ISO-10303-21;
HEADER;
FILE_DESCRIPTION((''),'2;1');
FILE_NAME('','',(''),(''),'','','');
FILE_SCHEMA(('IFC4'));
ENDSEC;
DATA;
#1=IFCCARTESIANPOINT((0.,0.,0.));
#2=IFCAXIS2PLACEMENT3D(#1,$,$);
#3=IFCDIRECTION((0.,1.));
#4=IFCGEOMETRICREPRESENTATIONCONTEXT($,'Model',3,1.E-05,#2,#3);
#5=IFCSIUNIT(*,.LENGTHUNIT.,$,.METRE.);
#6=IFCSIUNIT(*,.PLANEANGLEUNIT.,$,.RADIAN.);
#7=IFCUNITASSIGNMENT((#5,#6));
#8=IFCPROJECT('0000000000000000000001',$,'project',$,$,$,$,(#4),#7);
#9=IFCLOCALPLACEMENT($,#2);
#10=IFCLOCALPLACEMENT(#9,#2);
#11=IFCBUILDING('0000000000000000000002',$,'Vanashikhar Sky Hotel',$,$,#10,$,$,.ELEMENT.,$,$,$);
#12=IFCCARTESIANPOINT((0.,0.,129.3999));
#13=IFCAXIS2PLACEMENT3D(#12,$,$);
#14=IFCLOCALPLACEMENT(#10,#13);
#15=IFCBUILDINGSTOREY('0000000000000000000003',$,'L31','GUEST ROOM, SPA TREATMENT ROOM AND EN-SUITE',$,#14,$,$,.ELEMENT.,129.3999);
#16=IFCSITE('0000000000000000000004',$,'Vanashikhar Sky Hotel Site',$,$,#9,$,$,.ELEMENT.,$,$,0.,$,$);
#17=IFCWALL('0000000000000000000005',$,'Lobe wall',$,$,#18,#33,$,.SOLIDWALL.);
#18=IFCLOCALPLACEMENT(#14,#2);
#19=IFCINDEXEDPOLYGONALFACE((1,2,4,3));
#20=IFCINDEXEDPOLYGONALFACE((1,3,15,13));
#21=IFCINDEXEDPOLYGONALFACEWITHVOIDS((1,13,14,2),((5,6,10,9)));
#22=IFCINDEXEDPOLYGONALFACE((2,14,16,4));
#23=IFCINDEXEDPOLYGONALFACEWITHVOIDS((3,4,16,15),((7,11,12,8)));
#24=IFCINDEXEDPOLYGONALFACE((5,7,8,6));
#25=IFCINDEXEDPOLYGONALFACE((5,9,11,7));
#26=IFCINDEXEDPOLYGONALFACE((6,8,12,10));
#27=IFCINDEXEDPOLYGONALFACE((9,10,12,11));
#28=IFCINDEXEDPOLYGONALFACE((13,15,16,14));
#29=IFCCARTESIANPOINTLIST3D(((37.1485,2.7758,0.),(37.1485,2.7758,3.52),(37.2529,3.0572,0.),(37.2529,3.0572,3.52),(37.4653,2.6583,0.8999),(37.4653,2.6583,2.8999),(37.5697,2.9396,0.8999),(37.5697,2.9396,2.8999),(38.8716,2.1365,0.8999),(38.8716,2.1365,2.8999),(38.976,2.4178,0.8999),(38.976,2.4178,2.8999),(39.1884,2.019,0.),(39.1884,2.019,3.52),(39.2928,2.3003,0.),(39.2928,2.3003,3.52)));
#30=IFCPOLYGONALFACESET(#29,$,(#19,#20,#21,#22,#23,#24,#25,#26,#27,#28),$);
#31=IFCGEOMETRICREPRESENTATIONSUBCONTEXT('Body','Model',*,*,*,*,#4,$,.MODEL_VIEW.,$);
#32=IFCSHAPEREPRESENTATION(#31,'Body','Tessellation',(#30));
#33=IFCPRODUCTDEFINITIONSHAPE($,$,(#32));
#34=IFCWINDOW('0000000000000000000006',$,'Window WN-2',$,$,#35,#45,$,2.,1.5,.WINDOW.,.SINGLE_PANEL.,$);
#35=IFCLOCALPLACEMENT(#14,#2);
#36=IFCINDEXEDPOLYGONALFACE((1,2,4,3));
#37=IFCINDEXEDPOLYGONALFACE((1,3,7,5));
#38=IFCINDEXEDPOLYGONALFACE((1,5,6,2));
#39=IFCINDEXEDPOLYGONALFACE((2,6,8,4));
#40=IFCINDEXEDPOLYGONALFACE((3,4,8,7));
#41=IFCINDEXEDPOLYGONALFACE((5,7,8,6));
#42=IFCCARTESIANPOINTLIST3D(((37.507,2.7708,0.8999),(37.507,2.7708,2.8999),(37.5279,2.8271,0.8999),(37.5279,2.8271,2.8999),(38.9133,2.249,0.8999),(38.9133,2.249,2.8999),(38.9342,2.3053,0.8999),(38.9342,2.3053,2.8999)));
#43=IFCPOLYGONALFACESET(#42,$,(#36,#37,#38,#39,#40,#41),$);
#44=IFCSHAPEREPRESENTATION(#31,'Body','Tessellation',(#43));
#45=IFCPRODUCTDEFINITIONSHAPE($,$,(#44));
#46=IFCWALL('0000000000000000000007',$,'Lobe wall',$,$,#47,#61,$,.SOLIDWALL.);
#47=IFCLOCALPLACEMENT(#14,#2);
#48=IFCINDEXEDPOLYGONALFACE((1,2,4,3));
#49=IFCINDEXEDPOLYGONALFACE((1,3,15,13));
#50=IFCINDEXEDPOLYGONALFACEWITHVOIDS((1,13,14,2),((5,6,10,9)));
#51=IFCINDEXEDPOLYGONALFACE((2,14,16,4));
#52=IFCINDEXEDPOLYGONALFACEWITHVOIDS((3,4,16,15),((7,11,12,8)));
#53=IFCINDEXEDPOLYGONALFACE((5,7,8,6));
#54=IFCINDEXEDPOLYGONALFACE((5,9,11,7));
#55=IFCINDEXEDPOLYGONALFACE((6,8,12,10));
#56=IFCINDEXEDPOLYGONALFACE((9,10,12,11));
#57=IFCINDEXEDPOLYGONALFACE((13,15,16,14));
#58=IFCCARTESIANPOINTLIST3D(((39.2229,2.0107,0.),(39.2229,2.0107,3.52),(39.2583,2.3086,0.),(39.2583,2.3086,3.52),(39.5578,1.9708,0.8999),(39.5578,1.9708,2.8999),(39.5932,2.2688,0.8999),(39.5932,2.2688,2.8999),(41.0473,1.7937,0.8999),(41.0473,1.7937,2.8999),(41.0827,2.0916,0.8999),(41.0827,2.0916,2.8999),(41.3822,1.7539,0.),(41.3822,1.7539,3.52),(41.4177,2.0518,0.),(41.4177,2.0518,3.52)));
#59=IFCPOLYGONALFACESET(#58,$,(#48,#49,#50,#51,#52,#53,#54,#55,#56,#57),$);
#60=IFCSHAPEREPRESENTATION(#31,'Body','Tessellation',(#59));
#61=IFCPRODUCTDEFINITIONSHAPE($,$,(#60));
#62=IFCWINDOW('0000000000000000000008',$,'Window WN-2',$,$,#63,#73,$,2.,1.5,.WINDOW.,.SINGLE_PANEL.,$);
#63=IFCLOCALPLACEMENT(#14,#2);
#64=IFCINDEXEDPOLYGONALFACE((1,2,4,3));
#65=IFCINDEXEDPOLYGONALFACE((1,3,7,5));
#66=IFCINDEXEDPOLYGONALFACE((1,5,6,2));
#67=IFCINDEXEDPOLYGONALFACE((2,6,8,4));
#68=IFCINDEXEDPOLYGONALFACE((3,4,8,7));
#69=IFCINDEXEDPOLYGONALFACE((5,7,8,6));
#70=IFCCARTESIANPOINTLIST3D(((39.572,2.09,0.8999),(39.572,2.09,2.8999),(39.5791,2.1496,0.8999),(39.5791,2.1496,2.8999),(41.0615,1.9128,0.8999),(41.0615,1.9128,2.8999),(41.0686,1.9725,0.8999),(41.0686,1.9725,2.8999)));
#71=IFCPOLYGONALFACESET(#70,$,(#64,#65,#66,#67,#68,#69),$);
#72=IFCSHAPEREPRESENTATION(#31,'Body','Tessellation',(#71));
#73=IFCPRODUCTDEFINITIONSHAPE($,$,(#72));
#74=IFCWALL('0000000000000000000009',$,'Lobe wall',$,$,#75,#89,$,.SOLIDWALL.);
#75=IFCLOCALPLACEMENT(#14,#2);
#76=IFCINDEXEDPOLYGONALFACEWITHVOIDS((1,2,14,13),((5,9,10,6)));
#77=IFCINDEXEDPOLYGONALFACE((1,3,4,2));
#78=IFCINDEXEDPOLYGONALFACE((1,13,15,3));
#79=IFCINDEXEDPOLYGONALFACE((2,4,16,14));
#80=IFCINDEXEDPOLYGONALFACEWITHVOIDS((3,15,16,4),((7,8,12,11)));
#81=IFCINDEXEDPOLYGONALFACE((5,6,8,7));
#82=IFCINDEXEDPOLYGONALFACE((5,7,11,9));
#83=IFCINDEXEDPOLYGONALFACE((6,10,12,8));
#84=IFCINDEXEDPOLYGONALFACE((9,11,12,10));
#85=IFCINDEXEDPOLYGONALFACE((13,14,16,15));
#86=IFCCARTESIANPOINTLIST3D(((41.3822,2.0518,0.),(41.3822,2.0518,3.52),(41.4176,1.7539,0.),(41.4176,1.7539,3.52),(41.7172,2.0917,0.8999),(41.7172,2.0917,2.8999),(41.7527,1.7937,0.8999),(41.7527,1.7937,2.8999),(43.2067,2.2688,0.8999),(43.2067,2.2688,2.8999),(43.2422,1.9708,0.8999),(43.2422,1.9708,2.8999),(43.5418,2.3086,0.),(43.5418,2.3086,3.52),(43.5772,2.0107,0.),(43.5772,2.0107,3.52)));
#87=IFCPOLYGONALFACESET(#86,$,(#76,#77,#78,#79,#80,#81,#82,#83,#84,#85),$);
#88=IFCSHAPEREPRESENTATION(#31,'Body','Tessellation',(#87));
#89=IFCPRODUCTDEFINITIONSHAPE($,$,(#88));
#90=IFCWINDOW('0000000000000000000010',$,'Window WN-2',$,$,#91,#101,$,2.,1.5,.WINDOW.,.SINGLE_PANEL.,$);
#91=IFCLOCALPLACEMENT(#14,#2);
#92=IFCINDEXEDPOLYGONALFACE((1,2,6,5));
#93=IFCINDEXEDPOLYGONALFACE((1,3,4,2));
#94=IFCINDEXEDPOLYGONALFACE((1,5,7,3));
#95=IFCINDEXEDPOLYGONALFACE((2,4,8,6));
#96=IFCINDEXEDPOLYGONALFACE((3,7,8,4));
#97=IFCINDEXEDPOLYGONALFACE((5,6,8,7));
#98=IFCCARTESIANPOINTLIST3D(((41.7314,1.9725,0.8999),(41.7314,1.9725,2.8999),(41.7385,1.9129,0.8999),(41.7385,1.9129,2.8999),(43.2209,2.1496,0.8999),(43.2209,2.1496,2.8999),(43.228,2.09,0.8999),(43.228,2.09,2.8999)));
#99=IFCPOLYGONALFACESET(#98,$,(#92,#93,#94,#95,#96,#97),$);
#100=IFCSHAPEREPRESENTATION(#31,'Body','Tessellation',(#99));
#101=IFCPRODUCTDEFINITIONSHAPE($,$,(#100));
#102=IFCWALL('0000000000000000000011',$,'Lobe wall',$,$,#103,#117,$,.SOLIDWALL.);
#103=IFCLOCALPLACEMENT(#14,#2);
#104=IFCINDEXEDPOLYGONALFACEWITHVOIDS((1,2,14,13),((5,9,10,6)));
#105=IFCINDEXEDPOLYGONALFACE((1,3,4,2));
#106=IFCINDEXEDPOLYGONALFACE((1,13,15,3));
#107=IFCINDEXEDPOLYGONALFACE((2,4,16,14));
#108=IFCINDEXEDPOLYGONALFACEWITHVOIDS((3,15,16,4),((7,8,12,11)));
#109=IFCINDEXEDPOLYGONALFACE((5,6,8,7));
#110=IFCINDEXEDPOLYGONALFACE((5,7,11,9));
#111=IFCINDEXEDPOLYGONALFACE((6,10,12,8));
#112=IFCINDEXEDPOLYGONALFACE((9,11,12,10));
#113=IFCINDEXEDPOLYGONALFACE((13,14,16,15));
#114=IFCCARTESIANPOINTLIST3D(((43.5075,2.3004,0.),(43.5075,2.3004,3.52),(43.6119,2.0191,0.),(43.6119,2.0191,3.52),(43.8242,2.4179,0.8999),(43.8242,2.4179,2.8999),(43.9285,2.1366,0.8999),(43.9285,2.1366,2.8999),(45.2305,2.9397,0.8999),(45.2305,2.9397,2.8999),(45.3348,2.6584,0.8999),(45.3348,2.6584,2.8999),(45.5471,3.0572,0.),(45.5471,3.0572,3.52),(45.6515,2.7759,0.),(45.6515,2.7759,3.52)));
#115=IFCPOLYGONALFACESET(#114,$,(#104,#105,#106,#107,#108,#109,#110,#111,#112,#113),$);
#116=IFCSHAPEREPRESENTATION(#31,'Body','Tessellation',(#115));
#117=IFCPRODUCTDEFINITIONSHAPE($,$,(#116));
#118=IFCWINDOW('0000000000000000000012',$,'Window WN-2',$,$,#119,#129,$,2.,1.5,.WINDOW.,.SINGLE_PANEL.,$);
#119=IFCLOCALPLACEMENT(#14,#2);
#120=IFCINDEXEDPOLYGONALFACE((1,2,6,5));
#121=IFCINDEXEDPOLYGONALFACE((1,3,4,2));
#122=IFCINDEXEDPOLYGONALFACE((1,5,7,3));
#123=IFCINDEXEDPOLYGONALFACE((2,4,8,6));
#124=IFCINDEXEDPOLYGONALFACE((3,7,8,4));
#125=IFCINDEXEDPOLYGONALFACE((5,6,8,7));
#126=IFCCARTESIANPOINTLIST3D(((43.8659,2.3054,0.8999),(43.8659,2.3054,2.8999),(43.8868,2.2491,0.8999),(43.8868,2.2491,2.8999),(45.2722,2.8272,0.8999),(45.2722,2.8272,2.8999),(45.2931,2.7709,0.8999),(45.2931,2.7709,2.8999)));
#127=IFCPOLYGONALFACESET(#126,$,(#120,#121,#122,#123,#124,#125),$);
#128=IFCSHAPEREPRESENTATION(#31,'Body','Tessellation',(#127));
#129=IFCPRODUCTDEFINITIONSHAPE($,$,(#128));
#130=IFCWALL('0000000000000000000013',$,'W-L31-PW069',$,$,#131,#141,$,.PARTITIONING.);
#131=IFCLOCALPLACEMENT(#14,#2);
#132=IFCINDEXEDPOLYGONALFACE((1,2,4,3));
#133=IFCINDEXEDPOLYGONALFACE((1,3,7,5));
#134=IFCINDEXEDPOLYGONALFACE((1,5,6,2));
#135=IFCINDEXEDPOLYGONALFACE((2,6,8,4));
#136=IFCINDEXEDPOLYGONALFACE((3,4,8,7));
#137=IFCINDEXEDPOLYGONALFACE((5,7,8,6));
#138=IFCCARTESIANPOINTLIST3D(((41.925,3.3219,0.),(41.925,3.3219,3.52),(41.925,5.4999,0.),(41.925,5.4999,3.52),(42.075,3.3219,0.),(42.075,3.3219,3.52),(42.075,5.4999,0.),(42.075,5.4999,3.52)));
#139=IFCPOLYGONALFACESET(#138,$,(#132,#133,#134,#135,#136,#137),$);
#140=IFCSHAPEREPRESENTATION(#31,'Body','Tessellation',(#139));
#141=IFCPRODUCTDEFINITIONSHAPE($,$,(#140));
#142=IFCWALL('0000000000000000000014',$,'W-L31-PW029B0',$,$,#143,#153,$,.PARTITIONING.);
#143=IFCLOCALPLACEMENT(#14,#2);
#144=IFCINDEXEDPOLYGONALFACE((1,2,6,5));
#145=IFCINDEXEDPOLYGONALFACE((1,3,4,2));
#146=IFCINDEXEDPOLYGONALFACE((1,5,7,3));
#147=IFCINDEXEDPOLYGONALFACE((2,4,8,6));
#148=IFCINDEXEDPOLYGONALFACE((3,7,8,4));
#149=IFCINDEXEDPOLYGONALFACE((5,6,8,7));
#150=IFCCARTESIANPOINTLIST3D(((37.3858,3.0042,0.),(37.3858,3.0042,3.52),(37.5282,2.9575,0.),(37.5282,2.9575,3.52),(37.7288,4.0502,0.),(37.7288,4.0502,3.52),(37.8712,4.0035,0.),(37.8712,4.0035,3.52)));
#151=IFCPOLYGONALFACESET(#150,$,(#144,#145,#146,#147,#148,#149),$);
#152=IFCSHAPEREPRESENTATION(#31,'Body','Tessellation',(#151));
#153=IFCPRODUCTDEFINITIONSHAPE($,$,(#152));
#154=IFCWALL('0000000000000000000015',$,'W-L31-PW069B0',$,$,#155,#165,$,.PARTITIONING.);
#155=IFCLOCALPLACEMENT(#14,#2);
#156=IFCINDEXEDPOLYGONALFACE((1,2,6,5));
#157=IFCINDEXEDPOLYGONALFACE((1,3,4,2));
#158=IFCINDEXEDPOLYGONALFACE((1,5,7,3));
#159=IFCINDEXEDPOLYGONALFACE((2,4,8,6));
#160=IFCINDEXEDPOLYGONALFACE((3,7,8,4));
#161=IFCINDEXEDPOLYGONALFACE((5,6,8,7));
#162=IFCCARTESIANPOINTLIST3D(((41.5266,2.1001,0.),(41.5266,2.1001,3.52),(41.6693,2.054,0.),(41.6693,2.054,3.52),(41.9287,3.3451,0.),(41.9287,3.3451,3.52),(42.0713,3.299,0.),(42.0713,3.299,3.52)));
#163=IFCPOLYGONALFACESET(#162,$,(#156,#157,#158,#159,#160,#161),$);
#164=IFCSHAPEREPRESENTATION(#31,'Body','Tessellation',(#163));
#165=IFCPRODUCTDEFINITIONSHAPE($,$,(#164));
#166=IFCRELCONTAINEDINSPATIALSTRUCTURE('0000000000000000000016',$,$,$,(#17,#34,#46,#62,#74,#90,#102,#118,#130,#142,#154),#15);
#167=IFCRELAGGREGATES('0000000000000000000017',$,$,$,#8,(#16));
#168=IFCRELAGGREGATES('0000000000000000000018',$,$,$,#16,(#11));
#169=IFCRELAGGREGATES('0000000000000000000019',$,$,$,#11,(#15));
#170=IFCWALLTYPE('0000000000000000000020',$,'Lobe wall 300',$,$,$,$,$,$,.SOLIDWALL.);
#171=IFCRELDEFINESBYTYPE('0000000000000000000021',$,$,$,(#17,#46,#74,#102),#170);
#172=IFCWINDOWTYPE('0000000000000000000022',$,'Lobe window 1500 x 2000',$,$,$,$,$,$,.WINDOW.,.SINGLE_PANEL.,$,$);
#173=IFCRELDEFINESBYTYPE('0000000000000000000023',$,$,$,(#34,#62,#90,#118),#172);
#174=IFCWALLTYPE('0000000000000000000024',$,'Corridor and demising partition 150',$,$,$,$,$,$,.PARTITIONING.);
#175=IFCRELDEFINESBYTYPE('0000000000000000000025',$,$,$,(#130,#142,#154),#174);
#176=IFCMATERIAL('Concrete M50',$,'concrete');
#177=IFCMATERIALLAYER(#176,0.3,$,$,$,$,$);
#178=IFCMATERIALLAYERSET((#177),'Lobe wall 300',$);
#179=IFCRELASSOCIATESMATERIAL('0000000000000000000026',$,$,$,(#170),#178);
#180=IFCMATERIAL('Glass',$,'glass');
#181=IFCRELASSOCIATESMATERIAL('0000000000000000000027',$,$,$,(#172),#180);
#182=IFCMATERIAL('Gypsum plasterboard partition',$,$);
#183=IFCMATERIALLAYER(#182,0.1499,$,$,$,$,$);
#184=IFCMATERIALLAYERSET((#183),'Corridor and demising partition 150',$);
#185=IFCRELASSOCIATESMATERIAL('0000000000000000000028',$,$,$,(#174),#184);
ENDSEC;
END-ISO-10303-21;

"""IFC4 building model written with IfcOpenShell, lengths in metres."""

from ifc_helpers import new_model, si_unit, direction, frame, frame_2d, origin, place, context, subcontext, project, spatial, rectangle, extrude, source, transform, mapped, material, layer, layer_set, type_object, element, fill, save


model = new_model("IFC4")

# Units and contexts
model_context = context("Model", 3, precision=1e-05, world=origin(), true_north=direction((0.0, 1.0)))
body_context = subcontext(model_context, "Body", "Model", "MODEL_VIEW")
ifc_project = project(units=[si_unit("LENGTHUNIT", "METRE"), si_unit("PLANEANGLEUNIT", "RADIAN")], contexts=[model_context])

# Site, building, storey
site_placement = place(None, origin())
site = spatial("IfcSite", under=ifc_project, at=site_placement, Name="Vanashikhar Sky Hotel Site", CompositionType="ELEMENT", RefElevation=0.0)
building_placement = place(site_placement, origin())
building = spatial("IfcBuilding", under=site, at=building_placement, Name="Vanashikhar Sky Hotel", CompositionType="ELEMENT")
storey_placement = place(building_placement, frame((0.0, 0.0, 129.3999)))
storey = spatial("IfcBuildingStorey", under=building, at=storey_placement, Name="L31", Description="GUEST ROOM, SPA TREATMENT ROOM AND EN-SUITE", CompositionType="ELEMENT", Elevation=129.3999)

# Walls, openings, windows
ifc_material_1 = material(Name="Concrete M50", Category="concrete")
ifc_layer_1 = layer(ifc_material_1, 0.3)
ifc_layer_set_1 = layer_set([ifc_layer_1], Name="Lobe wall 300")
wall_type_1 = type_object("IfcWallType", Name="Lobe wall 300", PredefinedType="SOLIDWALL", material=ifc_layer_set_1)
shared_shape_1 = source(origin(), body_context, "Body", "SweptSolid", [
    extrude(rectangle(XDim=2.1758, YDim=0.3, at=frame_2d((1.0879, 0.0))), origin(), (0.0, 0.0, 1.0), 3.52),
])
wall_1_placement = place(storey_placement, frame((37.2007, 2.9165, 0.0), z_axis=(0.0, 0.0, 1.0), x_axis=(0.937546, -0.347863, 0.0)))
wall_1 = element("IfcWall", 1, at=wall_1_placement, inside=storey, type_object=wall_type_1, Name="Lobe wall", PredefinedType="SOLIDWALL", context=body_context, shape_type="MappedRepresentation", body=[
    mapped(shared_shape_1, transform((0.0, 0.0, 0.0), scale=1.0)),
])
shared_shape_2 = source(origin(), body_context, "Body", "SweptSolid", [
    extrude(rectangle(XDim=1.5, YDim=2.0, at=frame_2d((0.75, 1.0))), frame((0.0, 0.1602, 0.0), z_axis=(0.0, -1.0, 0.0), x_axis=(1.0, 0.0, 0.0)), (0.0, 0.0, 1.0), 0.3201),
])
opening_1_placement = place(wall_1_placement, frame((0.3379, 0.0, 0.8999)))
opening_1 = element("IfcOpeningElement", 2, at=opening_1_placement, cuts=wall_1, PredefinedType="OPENING", context=body_context, shape_type="MappedRepresentation", body=[
    mapped(shared_shape_2, transform((0.0, 0.0, 0.0), scale=1.0)),
])
ifc_material_2 = material(Name="Glass", Category="glass")
window_type = type_object("IfcWindowType", Name="Lobe window 1500 x 2000", PartitioningType="SINGLE_PANEL", PredefinedType="WINDOW", material=ifc_material_2)
shared_shape_3 = source(origin(), body_context, "Body", "SweptSolid", [
    extrude(rectangle(XDim=1.5, YDim=2.0, at=frame_2d((0.75, 1.0))), frame((0.0, 0.03, 0.0), z_axis=(0.0, -1.0, 0.0), x_axis=(1.0, 0.0, 0.0)), (0.0, 0.0, 1.0), 0.0601),
])
window_1_placement = place(opening_1_placement, origin())
window_1 = element("IfcWindow", 3, at=window_1_placement, inside=storey, type_object=window_type, Name="Window WN-2", OverallHeight=2.0, OverallWidth=1.5, PartitioningType="SINGLE_PANEL", PredefinedType="WINDOW", context=body_context, shape_type="MappedRepresentation", body=[
    mapped(shared_shape_3, transform((0.0, 0.0, 0.0), scale=1.0)),
])
fill(opening_1, window_1)
shared_shape_4 = source(origin(), body_context, "Body", "SweptSolid", [
    extrude(rectangle(XDim=2.1746, YDim=0.3, at=frame_2d((1.0874, 0.0))), origin(), (0.0, 0.0, 1.0), 3.52),
])
wall_2_placement = place(storey_placement, frame((39.2405, 2.1597, 0.0), z_axis=(0.0, 0.0, 1.0), x_axis=(0.993001, -0.118105, 0.0)))
wall_2 = element("IfcWall", 4, at=wall_2_placement, inside=storey, type_object=wall_type_1, Name="Lobe wall", PredefinedType="SOLIDWALL", context=body_context, shape_type="MappedRepresentation", body=[
    mapped(shared_shape_4, transform((0.0, 0.0, 0.0), scale=1.0)),
])
opening_2_placement = place(wall_2_placement, frame((0.3374, 0.0, 0.8999)))
opening_2 = element("IfcOpeningElement", 5, at=opening_2_placement, cuts=wall_2, PredefinedType="OPENING", context=body_context, shape_type="MappedRepresentation", body=[
    mapped(shared_shape_2, transform((0.0, 0.0, 0.0), scale=1.0)),
])
window_2_placement = place(opening_2_placement, origin())
window_2 = element("IfcWindow", 6, at=window_2_placement, inside=storey, type_object=window_type, Name="Window WN-2", OverallHeight=2.0, OverallWidth=1.5, PartitioningType="SINGLE_PANEL", PredefinedType="WINDOW", context=body_context, shape_type="MappedRepresentation", body=[
    mapped(shared_shape_3, transform((0.0, 0.0, 0.0), scale=1.0)),
])
fill(opening_2, window_2)
shared_shape_5 = source(origin(), body_context, "Body", "SweptSolid", [
    extrude(rectangle(XDim=2.1748, YDim=0.3, at=frame_2d((1.0874, 0.0))), origin(), (0.0, 0.0, 1.0), 3.52),
])
wall_3_placement = place(storey_placement, frame((41.3999, 1.9028, 0.0), z_axis=(0.0, 0.0, 1.0), x_axis=(0.993003, 0.118092, 0.0)))
wall_3 = element("IfcWall", 7, at=wall_3_placement, inside=storey, type_object=wall_type_1, Name="Lobe wall", PredefinedType="SOLIDWALL", context=body_context, shape_type="MappedRepresentation", body=[
    mapped(shared_shape_5, transform((0.0, 0.0, 0.0), scale=1.0)),
])
opening_3_placement = place(wall_3_placement, frame((0.3374, 0.0, 0.8999)))
opening_3 = element("IfcOpeningElement", 8, at=opening_3_placement, cuts=wall_3, PredefinedType="OPENING", context=body_context, shape_type="MappedRepresentation", body=[
    mapped(shared_shape_2, transform((0.0, 0.0, 0.0), scale=1.0)),
])
window_3_placement = place(opening_3_placement, origin())
window_3 = element("IfcWindow", 9, at=window_3_placement, inside=storey, type_object=window_type, Name="Window WN-2", OverallHeight=2.0, OverallWidth=1.5, PartitioningType="SINGLE_PANEL", PredefinedType="WINDOW", context=body_context, shape_type="MappedRepresentation", body=[
    mapped(shared_shape_3, transform((0.0, 0.0, 0.0), scale=1.0)),
])
fill(opening_3, window_3)
shared_shape_6 = source(origin(), body_context, "Body", "SweptSolid", [
    extrude(rectangle(XDim=2.1755, YDim=0.3, at=frame_2d((1.0879, 0.0))), origin(), (0.0, 0.0, 1.0), 3.52),
])
wall_4_placement = place(storey_placement, frame((43.5596, 2.1597, 0.0), z_axis=(0.0, 0.0, 1.0), x_axis=(0.937532, 0.347899, 0.0)))
wall_4 = element("IfcWall", 10, at=wall_4_placement, inside=storey, type_object=wall_type_1, Name="Lobe wall", PredefinedType="SOLIDWALL", context=body_context, shape_type="MappedRepresentation", body=[
    mapped(shared_shape_6, transform((0.0, 0.0, 0.0), scale=1.0)),
])
opening_4_placement = place(wall_4_placement, frame((0.3379, 0.0, 0.8999)))
opening_4 = element("IfcOpeningElement", 11, at=opening_4_placement, cuts=wall_4, PredefinedType="OPENING", context=body_context, shape_type="MappedRepresentation", body=[
    mapped(shared_shape_2, transform((0.0, 0.0, 0.0), scale=1.0)),
])
window_4_placement = place(opening_4_placement, origin())
window_4 = element("IfcWindow", 12, at=window_4_placement, inside=storey, type_object=window_type, Name="Window WN-2", OverallHeight=2.0, OverallWidth=1.5, PartitioningType="SINGLE_PANEL", PredefinedType="WINDOW", context=body_context, shape_type="MappedRepresentation", body=[
    mapped(shared_shape_3, transform((0.0, 0.0, 0.0), scale=1.0)),
])
fill(opening_4, window_4)

# Walls
ifc_material_3 = material(Name="Gypsum plasterboard partition")
ifc_layer_2 = layer(ifc_material_3, 0.1499)
ifc_layer_set_2 = layer_set([ifc_layer_2], Name="Corridor and demising partition 150")
wall_type_2 = type_object("IfcWallType", Name="Corridor and demising partition 150", PredefinedType="PARTITIONING", material=ifc_layer_set_2)
shared_shape_7 = source(origin(), body_context, "Body", "SweptSolid", [
    extrude(rectangle(XDim=2.178, YDim=0.1499, at=frame_2d((1.0889, 0.0))), origin(), (0.0, 0.0, 1.0), 3.52),
])
wall_5_placement = place(storey_placement, frame((42.0, 3.322, 0.0), z_axis=(0.0, 0.0, 1.0), x_axis=(0.0, 1.0, 0.0)))
element("IfcWall", 13, at=wall_5_placement, inside=storey, type_object=wall_type_2, Name="W-L31-PW069", PredefinedType="PARTITIONING", context=body_context, shape_type="MappedRepresentation", body=[
    mapped(shared_shape_7, transform((0.0, 0.0, 0.0), scale=1.0)),
])
shared_shape_8 = source(origin(), body_context, "Body", "SweptSolid", [
    extrude(rectangle(XDim=1.1008, YDim=0.1499, at=frame_2d((0.5503, 0.0))), origin(), (0.0, 0.0, 1.0), 3.52),
])
wall_6_placement = place(storey_placement, frame((37.457, 2.981, 0.0), z_axis=(0.0, 0.0, 1.0), x_axis=(0.311567, 0.950224, 0.0)))
element("IfcWall", 14, at=wall_6_placement, inside=storey, type_object=wall_type_2, Name="W-L31-PW029B0", PredefinedType="PARTITIONING", context=body_context, shape_type="MappedRepresentation", body=[
    mapped(shared_shape_8, transform((0.0, 0.0, 0.0), scale=1.0)),
])
shared_shape_9 = source(origin(), body_context, "Body", "SweptSolid", [
    extrude(rectangle(XDim=1.3083, YDim=0.1499, at=frame_2d((0.6543, 0.0))), origin(), (0.0, 0.0, 1.0), 3.52),
])
wall_7_placement = place(storey_placement, frame((41.5979, 2.0769, 0.0), z_axis=(0.0, 0.0, 1.0), x_axis=(0.307314, 0.951608, 0.0)))
element("IfcWall", 15, at=wall_7_placement, inside=storey, type_object=wall_type_2, Name="W-L31-PW069B0", PredefinedType="PARTITIONING", context=body_context, shape_type="MappedRepresentation", body=[
    mapped(shared_shape_9, transform((0.0, 0.0, 0.0), scale=1.0)),
])

save(model, "model.ifc")
